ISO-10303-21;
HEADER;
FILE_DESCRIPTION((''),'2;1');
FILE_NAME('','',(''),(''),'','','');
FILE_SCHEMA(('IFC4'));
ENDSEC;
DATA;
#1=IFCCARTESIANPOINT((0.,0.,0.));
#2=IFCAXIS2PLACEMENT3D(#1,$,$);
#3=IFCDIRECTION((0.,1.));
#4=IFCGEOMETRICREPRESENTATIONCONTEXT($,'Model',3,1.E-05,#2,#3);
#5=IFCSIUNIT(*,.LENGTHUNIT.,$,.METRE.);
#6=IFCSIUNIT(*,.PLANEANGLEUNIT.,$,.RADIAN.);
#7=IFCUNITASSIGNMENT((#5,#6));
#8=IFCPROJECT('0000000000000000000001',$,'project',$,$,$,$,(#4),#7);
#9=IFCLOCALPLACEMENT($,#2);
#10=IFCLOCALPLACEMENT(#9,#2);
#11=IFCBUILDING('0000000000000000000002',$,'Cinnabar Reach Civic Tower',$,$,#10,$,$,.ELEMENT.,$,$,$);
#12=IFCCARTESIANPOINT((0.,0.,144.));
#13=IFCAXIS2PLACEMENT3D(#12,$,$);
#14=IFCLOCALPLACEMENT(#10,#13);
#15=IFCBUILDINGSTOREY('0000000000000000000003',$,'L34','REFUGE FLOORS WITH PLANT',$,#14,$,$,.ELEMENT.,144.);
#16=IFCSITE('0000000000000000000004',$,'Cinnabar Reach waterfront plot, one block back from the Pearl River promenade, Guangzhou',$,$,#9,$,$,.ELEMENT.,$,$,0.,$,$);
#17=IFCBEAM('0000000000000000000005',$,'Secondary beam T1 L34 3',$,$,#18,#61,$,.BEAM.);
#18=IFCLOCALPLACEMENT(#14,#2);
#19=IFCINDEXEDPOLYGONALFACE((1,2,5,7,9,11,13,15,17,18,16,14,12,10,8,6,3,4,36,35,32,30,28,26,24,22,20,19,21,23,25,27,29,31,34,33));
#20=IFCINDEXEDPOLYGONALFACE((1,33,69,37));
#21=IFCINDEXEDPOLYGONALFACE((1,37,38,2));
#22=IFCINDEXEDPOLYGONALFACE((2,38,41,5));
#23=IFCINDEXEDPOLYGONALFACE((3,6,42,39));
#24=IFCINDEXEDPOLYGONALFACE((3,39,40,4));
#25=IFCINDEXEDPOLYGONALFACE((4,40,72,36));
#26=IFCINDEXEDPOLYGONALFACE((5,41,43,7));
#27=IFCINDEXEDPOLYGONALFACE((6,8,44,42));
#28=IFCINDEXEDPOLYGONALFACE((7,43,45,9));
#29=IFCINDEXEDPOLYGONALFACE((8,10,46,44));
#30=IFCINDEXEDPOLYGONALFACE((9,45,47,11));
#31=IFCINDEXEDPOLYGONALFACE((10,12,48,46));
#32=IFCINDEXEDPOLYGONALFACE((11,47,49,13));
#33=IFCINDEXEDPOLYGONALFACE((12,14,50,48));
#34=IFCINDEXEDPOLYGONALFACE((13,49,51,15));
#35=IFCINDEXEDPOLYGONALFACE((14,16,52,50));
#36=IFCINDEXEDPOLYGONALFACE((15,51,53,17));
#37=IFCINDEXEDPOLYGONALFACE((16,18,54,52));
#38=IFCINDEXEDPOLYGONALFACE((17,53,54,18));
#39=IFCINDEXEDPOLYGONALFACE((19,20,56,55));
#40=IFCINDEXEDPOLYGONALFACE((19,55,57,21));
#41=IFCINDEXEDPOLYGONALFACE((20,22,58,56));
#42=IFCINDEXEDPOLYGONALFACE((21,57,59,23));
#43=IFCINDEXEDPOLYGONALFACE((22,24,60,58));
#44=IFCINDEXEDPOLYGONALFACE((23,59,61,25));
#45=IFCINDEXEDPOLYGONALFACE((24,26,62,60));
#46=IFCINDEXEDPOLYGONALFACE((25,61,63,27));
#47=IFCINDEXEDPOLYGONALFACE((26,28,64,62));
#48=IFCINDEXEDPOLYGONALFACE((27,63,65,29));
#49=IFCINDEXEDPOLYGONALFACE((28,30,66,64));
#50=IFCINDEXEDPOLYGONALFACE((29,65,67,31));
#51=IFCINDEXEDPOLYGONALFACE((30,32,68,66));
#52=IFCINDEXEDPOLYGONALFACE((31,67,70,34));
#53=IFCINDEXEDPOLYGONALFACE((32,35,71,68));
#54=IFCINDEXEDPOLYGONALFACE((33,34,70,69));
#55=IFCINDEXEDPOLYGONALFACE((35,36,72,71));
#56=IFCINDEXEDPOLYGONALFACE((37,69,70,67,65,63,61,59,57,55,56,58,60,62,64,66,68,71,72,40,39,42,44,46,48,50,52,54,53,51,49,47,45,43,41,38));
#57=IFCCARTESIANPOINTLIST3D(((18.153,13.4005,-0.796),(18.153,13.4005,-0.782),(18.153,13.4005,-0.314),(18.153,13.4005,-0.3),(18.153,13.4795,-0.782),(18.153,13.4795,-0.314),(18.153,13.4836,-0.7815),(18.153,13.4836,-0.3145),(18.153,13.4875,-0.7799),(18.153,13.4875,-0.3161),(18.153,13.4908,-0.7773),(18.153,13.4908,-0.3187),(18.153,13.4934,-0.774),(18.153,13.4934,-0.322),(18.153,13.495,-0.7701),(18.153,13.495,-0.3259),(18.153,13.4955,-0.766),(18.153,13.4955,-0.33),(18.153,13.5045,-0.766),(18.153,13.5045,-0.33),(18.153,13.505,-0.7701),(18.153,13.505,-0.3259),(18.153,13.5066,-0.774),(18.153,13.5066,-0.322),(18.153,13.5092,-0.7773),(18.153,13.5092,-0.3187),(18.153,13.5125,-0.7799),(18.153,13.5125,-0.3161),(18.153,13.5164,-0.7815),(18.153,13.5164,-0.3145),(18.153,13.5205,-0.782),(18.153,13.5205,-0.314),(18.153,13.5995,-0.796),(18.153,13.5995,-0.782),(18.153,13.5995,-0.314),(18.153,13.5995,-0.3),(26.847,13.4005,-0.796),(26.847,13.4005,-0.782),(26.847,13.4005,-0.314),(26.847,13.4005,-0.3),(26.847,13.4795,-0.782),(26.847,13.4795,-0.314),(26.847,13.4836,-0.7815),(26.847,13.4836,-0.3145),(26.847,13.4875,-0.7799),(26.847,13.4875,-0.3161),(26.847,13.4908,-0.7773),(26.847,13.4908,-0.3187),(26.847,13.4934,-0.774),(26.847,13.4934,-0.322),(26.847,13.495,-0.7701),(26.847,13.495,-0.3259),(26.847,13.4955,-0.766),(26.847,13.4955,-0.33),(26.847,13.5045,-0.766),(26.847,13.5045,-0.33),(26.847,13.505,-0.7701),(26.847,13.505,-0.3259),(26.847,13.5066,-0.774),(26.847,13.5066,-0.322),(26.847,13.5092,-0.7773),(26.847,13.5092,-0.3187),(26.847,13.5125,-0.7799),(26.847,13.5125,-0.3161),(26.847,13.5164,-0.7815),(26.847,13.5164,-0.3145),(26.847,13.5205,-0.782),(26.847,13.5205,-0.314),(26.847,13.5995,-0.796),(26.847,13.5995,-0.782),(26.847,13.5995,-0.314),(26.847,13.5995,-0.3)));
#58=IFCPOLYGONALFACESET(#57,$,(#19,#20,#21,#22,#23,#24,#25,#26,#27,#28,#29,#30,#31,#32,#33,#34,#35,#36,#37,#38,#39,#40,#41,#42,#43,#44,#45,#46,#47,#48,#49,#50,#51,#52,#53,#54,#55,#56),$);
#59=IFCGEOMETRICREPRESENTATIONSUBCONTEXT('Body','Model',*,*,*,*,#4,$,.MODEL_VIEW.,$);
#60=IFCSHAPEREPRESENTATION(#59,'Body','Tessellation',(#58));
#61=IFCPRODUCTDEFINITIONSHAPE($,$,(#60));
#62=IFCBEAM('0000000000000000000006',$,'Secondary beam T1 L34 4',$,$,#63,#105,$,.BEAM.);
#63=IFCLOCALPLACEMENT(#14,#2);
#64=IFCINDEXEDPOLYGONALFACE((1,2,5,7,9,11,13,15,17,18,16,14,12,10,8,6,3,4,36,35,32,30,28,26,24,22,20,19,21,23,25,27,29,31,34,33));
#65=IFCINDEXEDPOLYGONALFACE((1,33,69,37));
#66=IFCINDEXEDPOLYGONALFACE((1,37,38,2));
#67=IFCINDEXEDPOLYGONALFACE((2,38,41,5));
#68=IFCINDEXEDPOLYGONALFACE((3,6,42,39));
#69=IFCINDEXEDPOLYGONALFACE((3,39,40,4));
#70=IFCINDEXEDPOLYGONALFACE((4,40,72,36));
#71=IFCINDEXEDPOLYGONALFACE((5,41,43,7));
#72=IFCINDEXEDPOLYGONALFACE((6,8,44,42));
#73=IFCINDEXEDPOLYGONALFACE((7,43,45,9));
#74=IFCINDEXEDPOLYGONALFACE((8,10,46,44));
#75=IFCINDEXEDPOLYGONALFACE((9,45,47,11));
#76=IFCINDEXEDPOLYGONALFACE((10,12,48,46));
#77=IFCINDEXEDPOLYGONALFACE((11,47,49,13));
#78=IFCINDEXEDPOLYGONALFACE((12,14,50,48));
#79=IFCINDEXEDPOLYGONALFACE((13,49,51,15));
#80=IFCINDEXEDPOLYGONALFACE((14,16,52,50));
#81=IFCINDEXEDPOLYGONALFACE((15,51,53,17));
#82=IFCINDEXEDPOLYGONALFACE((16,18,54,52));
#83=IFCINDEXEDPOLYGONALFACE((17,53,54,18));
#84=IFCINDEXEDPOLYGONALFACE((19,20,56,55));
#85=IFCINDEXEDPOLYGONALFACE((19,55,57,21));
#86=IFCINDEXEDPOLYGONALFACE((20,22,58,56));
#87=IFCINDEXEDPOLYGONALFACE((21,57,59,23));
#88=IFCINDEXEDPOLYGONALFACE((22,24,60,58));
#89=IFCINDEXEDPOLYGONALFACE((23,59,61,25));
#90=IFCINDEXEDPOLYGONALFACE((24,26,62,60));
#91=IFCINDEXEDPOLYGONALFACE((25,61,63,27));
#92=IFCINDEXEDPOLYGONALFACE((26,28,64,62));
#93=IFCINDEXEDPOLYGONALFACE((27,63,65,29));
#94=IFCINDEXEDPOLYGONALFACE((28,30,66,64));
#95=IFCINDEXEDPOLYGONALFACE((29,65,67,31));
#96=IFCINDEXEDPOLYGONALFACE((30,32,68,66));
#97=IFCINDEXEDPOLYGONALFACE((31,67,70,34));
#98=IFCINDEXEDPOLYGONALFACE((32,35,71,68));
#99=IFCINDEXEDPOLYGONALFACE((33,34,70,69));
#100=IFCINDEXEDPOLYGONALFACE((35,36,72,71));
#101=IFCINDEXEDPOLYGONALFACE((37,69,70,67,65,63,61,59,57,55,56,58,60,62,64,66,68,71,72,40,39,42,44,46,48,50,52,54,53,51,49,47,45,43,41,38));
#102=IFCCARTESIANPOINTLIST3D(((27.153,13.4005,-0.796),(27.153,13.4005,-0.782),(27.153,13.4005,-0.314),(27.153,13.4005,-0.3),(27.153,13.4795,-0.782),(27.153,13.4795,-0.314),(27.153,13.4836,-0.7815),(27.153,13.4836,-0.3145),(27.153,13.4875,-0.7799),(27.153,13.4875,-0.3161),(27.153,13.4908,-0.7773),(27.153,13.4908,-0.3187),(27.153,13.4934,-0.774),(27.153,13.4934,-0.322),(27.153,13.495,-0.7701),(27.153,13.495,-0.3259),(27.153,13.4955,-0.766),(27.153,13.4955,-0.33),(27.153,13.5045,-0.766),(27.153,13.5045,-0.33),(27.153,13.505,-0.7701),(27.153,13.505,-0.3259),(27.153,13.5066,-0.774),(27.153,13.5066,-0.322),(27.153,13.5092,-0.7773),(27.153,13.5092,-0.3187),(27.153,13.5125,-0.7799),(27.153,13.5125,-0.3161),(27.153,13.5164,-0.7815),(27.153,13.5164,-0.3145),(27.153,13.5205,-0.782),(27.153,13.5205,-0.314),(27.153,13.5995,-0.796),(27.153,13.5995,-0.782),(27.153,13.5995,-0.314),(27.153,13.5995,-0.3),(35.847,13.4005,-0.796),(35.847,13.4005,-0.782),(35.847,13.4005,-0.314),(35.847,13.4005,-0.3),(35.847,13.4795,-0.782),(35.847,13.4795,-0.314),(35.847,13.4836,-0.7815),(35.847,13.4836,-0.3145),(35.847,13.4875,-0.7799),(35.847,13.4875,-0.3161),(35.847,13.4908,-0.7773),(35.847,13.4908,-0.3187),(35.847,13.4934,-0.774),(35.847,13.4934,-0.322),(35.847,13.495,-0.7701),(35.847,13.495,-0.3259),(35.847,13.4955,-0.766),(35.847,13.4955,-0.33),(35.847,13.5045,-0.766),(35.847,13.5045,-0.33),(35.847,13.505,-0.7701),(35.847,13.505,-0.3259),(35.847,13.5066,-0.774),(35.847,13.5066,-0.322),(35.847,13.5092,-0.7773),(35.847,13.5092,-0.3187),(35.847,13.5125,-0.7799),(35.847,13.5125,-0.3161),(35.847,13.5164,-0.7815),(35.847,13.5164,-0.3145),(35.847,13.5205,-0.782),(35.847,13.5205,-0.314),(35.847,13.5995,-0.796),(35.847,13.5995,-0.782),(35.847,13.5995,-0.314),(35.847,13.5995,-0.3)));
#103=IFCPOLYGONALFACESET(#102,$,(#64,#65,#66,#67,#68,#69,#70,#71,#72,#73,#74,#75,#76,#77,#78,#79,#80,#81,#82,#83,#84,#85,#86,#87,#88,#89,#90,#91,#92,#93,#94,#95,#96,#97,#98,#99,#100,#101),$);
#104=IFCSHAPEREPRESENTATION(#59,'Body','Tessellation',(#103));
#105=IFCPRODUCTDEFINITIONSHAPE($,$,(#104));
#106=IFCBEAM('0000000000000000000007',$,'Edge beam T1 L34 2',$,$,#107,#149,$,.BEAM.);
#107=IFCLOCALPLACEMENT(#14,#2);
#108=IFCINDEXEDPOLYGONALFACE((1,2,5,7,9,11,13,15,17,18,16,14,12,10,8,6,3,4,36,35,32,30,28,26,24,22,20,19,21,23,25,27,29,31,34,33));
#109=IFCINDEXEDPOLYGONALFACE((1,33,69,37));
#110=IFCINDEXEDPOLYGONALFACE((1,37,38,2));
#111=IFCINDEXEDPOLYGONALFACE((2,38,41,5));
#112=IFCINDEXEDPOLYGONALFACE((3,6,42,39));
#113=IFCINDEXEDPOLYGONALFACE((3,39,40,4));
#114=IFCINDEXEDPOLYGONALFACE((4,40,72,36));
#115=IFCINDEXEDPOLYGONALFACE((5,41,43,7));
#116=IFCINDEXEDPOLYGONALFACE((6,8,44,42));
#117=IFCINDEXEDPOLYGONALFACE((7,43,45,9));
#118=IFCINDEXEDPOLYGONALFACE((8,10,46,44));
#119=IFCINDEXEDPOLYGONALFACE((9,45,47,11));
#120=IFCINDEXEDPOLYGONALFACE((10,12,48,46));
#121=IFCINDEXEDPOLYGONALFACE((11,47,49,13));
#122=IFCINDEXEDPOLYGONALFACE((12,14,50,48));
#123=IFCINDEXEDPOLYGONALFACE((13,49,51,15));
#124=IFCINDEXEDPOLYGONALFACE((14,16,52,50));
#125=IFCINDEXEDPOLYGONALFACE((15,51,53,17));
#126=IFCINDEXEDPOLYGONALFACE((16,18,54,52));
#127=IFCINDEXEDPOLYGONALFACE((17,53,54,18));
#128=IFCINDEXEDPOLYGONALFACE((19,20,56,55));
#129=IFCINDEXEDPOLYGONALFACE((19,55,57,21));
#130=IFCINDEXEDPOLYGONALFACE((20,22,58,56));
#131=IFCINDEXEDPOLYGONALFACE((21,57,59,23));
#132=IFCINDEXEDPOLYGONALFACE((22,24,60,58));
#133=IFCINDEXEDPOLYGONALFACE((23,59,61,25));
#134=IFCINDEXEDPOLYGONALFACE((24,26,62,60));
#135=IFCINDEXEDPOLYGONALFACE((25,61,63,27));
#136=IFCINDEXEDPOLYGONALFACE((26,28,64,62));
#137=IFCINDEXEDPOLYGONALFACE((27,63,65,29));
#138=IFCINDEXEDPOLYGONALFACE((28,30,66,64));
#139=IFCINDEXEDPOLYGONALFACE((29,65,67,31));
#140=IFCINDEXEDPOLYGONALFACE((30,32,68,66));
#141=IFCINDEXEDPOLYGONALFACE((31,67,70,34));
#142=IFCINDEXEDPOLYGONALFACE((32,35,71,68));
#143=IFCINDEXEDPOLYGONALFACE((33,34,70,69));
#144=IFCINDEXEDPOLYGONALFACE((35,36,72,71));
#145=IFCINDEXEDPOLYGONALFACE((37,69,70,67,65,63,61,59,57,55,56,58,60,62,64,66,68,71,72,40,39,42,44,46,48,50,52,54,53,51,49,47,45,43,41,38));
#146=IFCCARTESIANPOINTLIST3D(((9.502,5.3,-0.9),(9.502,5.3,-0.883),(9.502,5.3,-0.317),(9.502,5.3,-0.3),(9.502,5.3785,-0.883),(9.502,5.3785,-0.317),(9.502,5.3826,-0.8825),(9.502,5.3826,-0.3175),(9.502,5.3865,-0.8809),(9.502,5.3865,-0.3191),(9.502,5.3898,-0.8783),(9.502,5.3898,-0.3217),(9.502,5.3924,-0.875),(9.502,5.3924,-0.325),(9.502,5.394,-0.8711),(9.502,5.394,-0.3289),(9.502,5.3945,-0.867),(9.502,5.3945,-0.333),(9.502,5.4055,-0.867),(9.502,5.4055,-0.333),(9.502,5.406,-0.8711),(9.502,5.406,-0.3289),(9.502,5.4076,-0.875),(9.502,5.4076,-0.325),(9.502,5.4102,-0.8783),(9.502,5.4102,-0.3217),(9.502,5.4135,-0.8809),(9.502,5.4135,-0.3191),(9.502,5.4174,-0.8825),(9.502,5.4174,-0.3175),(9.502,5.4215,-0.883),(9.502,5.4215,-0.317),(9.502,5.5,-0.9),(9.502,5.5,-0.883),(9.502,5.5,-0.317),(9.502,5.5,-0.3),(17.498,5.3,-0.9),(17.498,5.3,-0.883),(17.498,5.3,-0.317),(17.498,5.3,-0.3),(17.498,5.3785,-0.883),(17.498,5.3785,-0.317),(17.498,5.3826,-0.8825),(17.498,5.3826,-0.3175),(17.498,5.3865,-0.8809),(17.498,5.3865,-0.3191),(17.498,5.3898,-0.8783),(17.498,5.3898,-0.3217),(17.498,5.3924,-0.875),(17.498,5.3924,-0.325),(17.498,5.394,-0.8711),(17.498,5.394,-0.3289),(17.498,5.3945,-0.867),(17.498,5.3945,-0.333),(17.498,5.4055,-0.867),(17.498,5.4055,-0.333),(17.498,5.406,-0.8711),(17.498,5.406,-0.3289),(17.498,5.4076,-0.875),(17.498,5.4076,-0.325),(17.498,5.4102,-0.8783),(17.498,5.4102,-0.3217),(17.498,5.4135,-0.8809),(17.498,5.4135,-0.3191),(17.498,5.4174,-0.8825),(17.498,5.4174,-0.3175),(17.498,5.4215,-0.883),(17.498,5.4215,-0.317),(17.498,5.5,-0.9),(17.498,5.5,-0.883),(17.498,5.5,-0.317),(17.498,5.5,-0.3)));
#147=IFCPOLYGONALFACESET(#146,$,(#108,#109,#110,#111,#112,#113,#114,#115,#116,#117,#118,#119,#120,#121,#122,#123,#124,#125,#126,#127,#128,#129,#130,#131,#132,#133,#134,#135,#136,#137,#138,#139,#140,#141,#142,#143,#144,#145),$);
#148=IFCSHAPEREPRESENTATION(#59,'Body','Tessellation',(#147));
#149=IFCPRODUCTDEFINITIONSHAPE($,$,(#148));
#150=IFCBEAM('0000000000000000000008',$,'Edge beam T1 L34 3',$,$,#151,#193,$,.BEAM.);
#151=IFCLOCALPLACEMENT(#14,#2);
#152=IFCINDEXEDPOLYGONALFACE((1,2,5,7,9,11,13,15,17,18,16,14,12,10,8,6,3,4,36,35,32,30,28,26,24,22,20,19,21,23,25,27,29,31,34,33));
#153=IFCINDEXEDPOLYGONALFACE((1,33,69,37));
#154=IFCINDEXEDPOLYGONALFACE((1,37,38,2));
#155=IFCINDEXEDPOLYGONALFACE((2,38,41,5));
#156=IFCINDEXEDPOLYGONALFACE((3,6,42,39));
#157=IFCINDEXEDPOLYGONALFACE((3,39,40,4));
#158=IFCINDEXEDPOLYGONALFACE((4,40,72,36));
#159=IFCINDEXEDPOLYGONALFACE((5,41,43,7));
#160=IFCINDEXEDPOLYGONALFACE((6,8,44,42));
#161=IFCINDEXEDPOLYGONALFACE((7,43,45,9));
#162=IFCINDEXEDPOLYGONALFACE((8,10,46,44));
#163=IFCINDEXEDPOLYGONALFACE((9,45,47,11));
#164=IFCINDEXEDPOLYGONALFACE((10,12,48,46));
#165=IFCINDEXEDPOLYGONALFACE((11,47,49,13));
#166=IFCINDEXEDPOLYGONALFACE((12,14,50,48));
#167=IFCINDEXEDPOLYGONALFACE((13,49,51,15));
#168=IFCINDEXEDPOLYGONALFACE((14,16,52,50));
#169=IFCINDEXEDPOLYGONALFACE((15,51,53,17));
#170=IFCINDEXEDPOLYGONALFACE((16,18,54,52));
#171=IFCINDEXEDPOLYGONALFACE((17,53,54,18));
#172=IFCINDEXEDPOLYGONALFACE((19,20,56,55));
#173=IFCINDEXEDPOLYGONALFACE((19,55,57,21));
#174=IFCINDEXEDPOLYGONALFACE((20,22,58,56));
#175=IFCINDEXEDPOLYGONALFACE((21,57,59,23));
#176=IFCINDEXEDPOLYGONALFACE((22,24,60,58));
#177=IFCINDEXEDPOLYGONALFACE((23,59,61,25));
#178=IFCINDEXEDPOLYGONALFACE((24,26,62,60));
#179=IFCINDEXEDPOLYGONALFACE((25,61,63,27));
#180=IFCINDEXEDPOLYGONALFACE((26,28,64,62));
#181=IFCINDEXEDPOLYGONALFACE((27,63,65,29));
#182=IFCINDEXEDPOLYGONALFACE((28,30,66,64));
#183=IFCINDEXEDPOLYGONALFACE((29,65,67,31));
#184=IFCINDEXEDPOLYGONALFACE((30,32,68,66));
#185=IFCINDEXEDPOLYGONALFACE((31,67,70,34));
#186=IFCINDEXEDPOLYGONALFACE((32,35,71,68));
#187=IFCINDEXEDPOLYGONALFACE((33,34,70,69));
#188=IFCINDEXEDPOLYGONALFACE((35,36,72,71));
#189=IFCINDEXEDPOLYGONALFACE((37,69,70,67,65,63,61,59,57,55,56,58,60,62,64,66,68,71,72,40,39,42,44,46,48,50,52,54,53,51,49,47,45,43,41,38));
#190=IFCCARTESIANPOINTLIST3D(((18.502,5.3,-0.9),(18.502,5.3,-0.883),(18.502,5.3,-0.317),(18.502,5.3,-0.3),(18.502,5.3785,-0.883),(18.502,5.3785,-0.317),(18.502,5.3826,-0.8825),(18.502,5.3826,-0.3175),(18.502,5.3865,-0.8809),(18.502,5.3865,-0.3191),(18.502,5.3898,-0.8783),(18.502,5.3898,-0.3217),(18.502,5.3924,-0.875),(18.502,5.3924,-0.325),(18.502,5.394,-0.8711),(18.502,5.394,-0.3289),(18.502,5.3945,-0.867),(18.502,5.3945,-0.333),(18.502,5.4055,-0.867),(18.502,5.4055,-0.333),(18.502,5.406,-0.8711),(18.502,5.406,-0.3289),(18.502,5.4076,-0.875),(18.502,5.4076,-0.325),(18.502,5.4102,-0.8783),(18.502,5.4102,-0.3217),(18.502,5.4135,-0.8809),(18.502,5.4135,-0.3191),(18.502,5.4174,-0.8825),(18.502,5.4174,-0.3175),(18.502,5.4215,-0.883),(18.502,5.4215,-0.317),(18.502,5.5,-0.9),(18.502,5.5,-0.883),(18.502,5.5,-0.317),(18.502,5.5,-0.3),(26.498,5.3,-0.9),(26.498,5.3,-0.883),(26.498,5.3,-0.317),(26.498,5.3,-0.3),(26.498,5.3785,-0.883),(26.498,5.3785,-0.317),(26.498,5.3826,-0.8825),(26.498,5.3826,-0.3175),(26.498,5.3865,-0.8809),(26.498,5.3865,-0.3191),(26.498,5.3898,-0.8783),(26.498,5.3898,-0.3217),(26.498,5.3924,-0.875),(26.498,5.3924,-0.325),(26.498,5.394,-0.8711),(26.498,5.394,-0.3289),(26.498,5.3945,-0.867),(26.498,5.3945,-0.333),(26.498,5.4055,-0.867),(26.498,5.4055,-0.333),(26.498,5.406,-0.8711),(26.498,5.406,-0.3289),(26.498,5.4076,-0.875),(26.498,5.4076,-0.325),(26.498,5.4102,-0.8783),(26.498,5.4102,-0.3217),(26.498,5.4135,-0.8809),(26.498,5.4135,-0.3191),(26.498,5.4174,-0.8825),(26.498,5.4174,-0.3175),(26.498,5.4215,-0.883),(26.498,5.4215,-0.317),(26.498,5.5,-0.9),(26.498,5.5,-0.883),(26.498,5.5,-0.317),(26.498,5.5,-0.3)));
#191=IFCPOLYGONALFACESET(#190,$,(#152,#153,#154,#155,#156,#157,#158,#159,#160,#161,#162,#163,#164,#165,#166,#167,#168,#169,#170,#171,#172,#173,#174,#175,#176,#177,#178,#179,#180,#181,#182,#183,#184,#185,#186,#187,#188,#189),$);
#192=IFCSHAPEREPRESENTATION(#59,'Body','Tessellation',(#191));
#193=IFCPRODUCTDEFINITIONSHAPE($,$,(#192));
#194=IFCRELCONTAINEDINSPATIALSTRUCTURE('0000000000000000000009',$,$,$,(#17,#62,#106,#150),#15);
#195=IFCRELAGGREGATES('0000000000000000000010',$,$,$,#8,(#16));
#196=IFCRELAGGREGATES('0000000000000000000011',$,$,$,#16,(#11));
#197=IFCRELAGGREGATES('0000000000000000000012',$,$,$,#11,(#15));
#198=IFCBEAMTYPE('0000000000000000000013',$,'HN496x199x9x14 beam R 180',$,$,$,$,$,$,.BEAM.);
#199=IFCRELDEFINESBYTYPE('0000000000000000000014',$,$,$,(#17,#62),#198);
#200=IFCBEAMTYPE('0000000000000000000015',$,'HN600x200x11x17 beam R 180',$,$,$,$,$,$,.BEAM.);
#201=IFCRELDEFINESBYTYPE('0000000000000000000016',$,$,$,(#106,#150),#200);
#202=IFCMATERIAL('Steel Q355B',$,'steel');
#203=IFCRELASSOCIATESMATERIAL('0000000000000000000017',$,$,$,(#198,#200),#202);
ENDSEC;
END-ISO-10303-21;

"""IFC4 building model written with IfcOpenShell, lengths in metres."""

from ifc_helpers import new_model, si_unit, direction, frame, origin, origin_2d, place, context, subcontext, project, spatial, i_section, extrude, material, material_profile, profile_set, type_object, element, save


model = new_model("IFC4")

# Units and contexts
model_context = context("Model", 3, precision=1e-05, world=origin(), true_north=direction((0.0, 1.0)))
body_context = subcontext(model_context, "Body", "Model", "MODEL_VIEW")
ifc_project = project(units=[si_unit("LENGTHUNIT", "METRE"), si_unit("PLANEANGLEUNIT", "RADIAN")], contexts=[model_context])

# Site, building, storey
site_placement = place(None, origin())
site = spatial("IfcSite", under=ifc_project, at=site_placement, Name="Cinnabar Reach waterfront plot, one block back from the Pearl River promenade, Guangzhou", CompositionType="ELEMENT", RefElevation=0.0)
building_placement = place(site_placement, origin())
building = spatial("IfcBuilding", under=site, at=building_placement, Name="Cinnabar Reach Civic Tower", CompositionType="ELEMENT")
storey_placement = place(building_placement, frame((0.0, 0.0, 144.0)))
storey = spatial("IfcBuildingStorey", under=building, at=storey_placement, Name="L34", Description="REFUGE FLOORS WITH PLANT", CompositionType="ELEMENT", Elevation=144.0)

# Beams
ifc_material_1 = material(Name="Steel Q355B", Category="steel")
ifc_material_profile_1 = material_profile(ifc_material_1, i_section(OverallWidth=0.199, OverallDepth=0.496, WebThickness=0.009, FlangeThickness=0.014, FilletRadius=0.016, at=origin_2d()), Name="HN496x199x9x14")
ifc_profile_set_1 = profile_set([ifc_material_profile_1], Name="Steel Q355B")
beam_type_1 = type_object("IfcBeamType", Name="HN496x199x9x14 beam R 180", PredefinedType="BEAM", material=ifc_profile_set_1)
for number, where, z_axis, x_axis, name in (
    (1, (18.153, 13.5, -0.548), (1.0, 0.0, 0.0), (0.0, 1.0, 0.0), "Secondary beam T1 L34 3"),
    (2, (27.153, 13.5, -0.548), (1.0, 0.0, 0.0), (0.0, 1.0, 0.0), "Secondary beam T1 L34 4"),
):
    element("IfcBeam", number, at=place(storey_placement, frame(where, z_axis=z_axis, x_axis=x_axis)), inside=storey, type_object=beam_type_1, Name=name, PredefinedType="BEAM", context=body_context, shape_type="SweptSolid", body=[
        extrude(i_section(OverallWidth=0.199, OverallDepth=0.496, WebThickness=0.009, FlangeThickness=0.014, FilletRadius=0.016, at=origin_2d()), origin(), (0.0, 0.0, 1.0), 8.694),
    ])
ifc_material_profile_2 = material_profile(ifc_material_1, i_section(OverallWidth=0.2, OverallDepth=0.6, WebThickness=0.011, FlangeThickness=0.017, FilletRadius=0.016, at=origin_2d()), Name="HN600x200x11x17")
ifc_profile_set_2 = profile_set([ifc_material_profile_2], Name="Steel Q355B")
beam_type_2 = type_object("IfcBeamType", Name="HN600x200x11x17 beam R 180", PredefinedType="BEAM", material=ifc_profile_set_2)
for number, where, z_axis, x_axis, name in (
    (3, (9.502, 5.4, -0.6), (1.0, 0.0, 0.0), (0.0, 1.0, 0.0), "Edge beam T1 L34 2"),
    (4, (18.502, 5.4, -0.6), (1.0, 0.0, 0.0), (0.0, 1.0, 0.0), "Edge beam T1 L34 3"),
):
    element("IfcBeam", number, at=place(storey_placement, frame(where, z_axis=z_axis, x_axis=x_axis)), inside=storey, type_object=beam_type_2, Name=name, PredefinedType="BEAM", context=body_context, shape_type="SweptSolid", body=[
        extrude(i_section(OverallWidth=0.2, OverallDepth=0.6, WebThickness=0.011, FlangeThickness=0.017, FilletRadius=0.016, at=origin_2d()), origin(), (0.0, 0.0, 1.0), 7.996),
    ])

save(model, "model.ifc")
